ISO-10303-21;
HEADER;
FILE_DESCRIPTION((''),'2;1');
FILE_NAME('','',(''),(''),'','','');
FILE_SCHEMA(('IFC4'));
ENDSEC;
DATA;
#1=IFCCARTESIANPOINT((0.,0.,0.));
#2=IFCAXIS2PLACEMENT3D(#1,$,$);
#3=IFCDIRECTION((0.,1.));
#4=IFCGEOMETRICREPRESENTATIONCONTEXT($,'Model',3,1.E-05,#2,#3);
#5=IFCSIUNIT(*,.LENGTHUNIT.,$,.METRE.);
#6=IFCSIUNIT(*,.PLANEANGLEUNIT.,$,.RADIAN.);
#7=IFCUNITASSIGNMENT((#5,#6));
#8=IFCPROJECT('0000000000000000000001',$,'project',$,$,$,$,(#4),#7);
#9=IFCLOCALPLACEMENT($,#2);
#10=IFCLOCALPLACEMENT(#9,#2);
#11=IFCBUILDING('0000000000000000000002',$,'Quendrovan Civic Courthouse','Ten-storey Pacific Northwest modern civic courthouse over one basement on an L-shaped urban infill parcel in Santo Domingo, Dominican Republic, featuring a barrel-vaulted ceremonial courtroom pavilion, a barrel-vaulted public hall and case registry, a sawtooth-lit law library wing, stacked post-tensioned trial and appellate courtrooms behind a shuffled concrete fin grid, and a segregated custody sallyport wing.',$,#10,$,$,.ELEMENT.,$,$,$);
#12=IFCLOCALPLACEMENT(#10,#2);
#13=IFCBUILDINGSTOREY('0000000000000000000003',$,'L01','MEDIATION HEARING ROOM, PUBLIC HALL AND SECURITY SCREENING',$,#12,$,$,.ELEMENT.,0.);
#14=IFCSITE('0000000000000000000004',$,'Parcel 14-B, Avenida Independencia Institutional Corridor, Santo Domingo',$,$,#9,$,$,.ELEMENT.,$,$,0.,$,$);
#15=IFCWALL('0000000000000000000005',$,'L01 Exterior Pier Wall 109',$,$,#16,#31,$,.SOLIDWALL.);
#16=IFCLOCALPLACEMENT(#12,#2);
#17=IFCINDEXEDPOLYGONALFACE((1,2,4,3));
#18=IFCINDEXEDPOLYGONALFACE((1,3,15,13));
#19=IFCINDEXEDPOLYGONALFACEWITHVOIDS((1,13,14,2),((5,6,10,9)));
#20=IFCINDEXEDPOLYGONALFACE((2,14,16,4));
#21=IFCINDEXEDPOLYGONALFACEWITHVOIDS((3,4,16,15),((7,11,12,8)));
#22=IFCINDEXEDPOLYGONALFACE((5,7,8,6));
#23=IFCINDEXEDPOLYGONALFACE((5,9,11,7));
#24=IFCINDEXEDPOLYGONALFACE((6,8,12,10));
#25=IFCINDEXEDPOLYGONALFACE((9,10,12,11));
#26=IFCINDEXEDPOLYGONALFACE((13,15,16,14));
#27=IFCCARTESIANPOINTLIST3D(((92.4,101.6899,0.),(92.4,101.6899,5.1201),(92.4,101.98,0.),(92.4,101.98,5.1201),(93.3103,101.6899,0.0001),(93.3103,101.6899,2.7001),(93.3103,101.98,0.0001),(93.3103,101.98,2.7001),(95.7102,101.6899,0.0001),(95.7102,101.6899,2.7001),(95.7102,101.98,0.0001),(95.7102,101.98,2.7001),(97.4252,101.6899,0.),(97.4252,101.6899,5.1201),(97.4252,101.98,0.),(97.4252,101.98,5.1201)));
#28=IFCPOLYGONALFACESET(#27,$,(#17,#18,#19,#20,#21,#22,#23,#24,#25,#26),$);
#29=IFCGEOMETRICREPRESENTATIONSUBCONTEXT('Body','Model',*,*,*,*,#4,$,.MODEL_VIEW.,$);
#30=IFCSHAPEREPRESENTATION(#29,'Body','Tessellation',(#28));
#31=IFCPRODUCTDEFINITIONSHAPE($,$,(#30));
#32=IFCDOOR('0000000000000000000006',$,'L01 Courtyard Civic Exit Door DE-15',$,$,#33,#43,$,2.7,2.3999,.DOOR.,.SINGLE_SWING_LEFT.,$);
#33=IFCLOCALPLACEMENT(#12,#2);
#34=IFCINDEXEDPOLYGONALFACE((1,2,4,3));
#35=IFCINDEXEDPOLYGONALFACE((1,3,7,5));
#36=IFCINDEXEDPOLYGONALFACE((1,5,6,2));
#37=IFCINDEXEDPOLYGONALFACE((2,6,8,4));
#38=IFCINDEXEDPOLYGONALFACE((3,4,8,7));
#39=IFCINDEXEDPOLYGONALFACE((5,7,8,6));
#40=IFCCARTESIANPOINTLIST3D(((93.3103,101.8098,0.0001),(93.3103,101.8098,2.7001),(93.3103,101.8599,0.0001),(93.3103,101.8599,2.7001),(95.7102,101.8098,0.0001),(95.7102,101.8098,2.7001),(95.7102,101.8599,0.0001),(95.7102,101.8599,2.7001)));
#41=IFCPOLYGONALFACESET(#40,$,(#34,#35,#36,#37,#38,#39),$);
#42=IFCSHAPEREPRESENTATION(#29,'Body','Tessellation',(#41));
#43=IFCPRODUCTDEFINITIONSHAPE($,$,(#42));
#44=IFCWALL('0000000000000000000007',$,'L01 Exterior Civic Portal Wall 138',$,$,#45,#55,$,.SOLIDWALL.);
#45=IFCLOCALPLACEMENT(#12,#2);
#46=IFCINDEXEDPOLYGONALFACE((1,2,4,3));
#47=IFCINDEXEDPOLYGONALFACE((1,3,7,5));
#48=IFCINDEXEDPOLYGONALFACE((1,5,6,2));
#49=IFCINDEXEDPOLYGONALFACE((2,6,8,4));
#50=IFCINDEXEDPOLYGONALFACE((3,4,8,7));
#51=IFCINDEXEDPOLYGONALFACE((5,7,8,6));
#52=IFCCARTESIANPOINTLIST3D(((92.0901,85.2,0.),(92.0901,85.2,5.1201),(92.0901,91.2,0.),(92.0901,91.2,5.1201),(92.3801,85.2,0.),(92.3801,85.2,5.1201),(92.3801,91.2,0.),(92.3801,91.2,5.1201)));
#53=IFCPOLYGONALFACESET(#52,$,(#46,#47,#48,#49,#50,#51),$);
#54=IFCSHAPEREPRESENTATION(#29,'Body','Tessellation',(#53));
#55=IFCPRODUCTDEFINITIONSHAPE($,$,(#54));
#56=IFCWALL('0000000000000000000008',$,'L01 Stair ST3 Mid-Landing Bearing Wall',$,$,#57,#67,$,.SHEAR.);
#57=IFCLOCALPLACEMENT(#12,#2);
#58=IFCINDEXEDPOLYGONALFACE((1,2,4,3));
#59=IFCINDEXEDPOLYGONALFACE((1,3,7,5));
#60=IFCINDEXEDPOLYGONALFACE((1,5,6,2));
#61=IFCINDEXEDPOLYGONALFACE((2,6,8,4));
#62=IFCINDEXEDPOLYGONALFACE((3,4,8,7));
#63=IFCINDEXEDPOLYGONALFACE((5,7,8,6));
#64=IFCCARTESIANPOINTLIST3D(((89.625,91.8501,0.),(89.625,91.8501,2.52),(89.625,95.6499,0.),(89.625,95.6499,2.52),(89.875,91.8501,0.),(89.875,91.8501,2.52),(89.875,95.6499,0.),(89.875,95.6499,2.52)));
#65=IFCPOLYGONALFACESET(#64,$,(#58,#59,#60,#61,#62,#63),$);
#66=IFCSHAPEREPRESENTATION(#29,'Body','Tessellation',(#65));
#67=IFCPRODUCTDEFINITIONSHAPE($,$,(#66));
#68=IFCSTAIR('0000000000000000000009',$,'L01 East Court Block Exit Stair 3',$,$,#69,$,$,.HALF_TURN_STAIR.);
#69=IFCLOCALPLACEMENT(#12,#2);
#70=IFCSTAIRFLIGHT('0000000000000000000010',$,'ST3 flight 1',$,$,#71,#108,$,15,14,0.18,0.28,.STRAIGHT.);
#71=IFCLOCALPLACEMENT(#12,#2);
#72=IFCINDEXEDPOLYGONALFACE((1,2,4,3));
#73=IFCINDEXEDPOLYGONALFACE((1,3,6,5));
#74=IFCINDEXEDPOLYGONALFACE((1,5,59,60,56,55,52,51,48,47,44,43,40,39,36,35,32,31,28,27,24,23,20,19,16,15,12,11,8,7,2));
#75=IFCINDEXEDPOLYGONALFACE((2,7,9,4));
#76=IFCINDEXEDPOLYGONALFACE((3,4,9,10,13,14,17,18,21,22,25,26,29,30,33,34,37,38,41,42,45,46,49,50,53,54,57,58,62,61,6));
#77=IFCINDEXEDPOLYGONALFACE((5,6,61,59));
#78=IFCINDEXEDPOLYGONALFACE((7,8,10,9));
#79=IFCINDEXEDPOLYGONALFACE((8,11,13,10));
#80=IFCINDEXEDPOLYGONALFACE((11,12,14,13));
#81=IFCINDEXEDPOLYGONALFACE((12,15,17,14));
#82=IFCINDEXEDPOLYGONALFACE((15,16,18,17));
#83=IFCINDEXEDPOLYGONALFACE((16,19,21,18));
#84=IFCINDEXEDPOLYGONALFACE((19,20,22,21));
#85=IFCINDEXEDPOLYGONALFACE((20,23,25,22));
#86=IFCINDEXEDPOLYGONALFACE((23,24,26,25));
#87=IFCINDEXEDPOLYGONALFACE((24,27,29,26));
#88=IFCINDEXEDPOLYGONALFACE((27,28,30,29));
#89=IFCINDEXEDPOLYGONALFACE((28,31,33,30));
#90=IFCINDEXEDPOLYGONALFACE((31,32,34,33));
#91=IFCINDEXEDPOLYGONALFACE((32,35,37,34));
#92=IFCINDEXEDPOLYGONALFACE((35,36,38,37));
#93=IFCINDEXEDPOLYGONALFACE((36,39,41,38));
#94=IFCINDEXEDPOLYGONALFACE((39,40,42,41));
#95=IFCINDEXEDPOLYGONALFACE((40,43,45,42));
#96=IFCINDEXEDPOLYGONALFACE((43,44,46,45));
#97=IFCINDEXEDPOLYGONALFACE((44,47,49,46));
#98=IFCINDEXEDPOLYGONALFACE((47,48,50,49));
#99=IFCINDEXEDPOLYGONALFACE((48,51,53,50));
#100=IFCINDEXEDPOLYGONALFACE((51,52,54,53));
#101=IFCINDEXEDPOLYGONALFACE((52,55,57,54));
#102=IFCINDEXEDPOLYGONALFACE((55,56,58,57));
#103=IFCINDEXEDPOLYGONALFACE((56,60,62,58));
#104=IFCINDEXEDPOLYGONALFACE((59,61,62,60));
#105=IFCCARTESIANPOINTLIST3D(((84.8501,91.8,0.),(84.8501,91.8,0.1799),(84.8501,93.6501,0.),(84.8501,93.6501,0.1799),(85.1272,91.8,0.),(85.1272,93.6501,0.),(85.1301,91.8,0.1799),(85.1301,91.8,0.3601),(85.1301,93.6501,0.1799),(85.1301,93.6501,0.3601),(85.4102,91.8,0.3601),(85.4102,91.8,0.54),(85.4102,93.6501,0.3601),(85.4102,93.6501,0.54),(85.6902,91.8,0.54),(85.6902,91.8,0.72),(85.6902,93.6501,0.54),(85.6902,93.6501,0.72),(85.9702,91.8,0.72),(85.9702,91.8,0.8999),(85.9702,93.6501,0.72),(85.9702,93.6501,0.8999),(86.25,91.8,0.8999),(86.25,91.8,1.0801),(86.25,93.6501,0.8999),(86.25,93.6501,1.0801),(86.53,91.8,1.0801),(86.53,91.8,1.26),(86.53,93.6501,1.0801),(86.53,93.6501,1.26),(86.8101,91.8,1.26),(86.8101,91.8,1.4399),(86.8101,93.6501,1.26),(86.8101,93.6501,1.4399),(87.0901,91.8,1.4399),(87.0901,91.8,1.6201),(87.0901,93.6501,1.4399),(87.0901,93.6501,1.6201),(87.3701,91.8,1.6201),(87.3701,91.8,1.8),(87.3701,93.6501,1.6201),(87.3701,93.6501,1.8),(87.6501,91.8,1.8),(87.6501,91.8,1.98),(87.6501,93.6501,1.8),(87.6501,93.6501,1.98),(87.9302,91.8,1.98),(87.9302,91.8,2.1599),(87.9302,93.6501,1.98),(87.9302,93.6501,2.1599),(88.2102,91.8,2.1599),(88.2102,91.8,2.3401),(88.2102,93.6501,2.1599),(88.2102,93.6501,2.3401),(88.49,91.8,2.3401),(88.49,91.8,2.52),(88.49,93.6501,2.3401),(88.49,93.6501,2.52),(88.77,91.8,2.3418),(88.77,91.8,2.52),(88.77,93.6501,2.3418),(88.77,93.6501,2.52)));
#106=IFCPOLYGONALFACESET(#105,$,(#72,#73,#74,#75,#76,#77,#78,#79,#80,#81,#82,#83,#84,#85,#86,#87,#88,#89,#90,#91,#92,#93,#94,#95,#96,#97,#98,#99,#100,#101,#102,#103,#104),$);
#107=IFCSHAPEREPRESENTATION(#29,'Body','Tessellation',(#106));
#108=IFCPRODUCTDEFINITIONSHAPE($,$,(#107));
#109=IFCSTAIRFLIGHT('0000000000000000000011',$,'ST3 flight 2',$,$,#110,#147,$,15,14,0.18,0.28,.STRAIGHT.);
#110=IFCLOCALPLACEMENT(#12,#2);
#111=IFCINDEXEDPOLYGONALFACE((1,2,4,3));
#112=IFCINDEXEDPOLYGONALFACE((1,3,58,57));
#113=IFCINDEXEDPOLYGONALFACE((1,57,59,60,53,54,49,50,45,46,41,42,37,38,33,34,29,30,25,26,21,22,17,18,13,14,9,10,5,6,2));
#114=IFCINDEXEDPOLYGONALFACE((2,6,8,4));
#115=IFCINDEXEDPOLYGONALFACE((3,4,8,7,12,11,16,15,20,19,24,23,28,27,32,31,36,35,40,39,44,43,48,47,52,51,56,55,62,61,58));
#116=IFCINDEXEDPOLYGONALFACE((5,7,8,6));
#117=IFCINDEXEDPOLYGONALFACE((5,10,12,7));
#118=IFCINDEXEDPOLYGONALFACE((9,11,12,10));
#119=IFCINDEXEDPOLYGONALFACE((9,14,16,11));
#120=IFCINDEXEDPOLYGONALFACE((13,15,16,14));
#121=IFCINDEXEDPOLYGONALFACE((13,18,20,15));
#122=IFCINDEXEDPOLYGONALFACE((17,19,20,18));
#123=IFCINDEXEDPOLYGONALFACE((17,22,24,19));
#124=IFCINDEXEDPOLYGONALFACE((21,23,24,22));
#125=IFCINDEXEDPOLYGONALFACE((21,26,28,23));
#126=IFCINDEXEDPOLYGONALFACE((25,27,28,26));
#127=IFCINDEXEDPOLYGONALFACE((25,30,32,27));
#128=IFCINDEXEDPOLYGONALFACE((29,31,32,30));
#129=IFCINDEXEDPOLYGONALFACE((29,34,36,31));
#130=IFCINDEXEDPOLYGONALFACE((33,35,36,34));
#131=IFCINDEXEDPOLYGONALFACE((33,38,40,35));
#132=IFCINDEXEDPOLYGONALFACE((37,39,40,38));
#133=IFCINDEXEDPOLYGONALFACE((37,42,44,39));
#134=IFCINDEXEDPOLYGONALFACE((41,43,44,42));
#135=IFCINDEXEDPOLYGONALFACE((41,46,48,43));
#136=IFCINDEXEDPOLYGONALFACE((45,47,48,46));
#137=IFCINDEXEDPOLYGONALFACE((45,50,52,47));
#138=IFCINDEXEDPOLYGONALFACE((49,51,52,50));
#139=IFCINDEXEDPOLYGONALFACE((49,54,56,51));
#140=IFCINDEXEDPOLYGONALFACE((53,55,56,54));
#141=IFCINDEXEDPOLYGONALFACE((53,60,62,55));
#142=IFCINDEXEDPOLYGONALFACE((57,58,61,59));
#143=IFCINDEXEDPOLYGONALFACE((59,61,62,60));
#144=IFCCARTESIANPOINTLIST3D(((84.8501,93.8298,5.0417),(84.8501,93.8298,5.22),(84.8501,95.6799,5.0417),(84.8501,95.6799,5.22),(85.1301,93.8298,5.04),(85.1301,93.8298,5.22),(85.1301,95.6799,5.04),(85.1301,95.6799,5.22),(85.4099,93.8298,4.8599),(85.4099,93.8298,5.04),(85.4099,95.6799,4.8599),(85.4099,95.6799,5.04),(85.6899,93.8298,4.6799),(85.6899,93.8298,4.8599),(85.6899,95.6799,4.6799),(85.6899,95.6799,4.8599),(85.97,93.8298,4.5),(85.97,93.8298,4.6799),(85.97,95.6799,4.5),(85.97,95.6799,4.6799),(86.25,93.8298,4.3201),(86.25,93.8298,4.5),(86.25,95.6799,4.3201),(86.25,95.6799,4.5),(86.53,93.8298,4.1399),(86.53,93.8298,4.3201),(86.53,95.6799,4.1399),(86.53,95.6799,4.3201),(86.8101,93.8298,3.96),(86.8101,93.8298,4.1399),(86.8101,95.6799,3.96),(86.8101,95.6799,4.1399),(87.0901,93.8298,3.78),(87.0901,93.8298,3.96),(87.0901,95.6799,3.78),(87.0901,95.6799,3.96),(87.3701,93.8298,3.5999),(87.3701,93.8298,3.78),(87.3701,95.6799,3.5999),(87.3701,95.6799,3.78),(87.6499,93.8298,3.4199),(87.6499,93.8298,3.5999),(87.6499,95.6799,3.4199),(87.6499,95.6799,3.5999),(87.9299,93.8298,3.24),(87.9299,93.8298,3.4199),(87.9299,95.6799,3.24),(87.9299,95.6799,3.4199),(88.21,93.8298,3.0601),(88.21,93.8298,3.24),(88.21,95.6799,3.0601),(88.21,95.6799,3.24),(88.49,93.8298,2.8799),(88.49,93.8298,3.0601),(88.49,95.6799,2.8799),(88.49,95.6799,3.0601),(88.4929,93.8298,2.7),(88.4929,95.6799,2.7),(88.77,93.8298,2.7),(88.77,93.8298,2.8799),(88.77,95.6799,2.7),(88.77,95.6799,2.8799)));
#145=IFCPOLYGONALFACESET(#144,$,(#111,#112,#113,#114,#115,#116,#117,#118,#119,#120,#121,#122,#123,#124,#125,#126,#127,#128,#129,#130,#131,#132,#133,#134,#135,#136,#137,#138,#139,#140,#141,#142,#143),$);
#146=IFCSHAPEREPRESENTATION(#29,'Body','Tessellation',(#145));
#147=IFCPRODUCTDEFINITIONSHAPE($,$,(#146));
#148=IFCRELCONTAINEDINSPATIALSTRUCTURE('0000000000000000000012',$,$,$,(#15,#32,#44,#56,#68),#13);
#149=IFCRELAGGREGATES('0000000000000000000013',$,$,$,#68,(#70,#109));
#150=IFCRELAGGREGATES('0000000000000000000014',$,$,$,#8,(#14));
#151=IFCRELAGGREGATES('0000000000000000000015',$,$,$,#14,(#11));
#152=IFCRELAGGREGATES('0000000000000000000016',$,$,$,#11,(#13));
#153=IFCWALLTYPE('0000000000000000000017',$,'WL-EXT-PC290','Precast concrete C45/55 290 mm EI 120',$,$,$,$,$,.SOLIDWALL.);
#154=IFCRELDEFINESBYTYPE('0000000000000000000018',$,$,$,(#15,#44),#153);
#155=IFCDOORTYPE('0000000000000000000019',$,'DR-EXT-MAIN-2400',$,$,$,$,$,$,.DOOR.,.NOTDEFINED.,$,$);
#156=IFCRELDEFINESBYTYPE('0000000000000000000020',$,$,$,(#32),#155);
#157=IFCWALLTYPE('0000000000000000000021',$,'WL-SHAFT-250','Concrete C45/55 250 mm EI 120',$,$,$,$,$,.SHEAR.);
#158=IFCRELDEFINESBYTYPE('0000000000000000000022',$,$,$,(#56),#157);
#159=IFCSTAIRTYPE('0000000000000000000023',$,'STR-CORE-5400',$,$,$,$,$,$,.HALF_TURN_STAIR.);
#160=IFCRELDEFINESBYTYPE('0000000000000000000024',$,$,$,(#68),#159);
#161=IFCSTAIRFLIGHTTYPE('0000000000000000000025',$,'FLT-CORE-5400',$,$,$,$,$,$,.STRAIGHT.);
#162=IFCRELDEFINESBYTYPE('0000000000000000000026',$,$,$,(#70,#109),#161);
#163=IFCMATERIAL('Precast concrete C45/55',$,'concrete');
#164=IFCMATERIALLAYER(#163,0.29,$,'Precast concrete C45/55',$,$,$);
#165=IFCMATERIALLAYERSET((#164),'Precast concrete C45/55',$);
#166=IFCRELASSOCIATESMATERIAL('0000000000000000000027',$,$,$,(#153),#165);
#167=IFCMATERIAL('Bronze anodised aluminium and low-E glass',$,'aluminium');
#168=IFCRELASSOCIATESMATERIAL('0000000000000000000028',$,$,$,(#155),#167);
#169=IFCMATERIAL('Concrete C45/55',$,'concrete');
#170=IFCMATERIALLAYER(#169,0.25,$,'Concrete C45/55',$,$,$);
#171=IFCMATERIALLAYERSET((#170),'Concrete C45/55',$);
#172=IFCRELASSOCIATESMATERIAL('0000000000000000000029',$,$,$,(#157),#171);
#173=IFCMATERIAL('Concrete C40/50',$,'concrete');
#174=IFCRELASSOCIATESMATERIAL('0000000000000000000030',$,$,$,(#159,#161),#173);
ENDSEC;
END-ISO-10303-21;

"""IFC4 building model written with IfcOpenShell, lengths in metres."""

from ifc_helpers import new_model, si_unit, direction, frame, frame_2d, origin, place, context, subcontext, project, spatial, polyline, rectangle, outline, extrude, material, layer, layer_set, type_object, element, fill, aggregate, save


model = new_model("IFC4")

# Units and contexts
model_context = context("Model", 3, precision=1e-05, world=origin(), true_north=direction((0.0, 1.0)))
body_context = subcontext(model_context, "Body", "Model", "MODEL_VIEW")
ifc_project = project(units=[si_unit("LENGTHUNIT", "METRE"), si_unit("PLANEANGLEUNIT", "RADIAN")], contexts=[model_context])

# Site, building, storey
site_placement = place(None, origin())
site = spatial("IfcSite", under=ifc_project, at=site_placement, Name="Parcel 14-B, Avenida Independencia Institutional Corridor, Santo Domingo", CompositionType="ELEMENT", RefElevation=0.0)
building_placement = place(site_placement, origin())
building = spatial("IfcBuilding", under=site, at=building_placement, Name="Quendrovan Civic Courthouse", Description="Ten-storey Pacific Northwest modern civic courthouse over one basement on an L-shaped urban infill parcel in Santo Domingo, Dominican Republic, featuring a barrel-vaulted ceremonial courtroom pavilion, a barrel-vaulted public hall and case registry, a sawtooth-lit law library wing, stacked post-tensioned trial and appellate courtrooms behind a shuffled concrete fin grid, and a segregated custody sallyport wing.", CompositionType="ELEMENT")
storey_placement = place(building_placement, origin())
storey = spatial("IfcBuildingStorey", under=building, at=storey_placement, Name="L01", Description="MEDIATION HEARING ROOM, PUBLIC HALL AND SECURITY SCREENING", CompositionType="ELEMENT", Elevation=0.0)

# Shared definitions
ifc_material_1 = material(Name="Concrete C45/55", Category="concrete")

# Shared definitions
ifc_material_2 = material(Name="Concrete C40/50", Category="concrete")

# Wall, opening, door
ifc_material_3 = material(Name="Precast concrete C45/55", Category="concrete")
ifc_layer_1 = layer(ifc_material_3, 0.29, Name="Precast concrete C45/55")
ifc_layer_set_1 = layer_set([ifc_layer_1], Name="Precast concrete C45/55")
wall_type_1 = type_object("IfcWallType", Name="WL-EXT-PC290", Description="Precast concrete C45/55 290 mm EI 120", PredefinedType="SOLIDWALL", material=ifc_layer_set_1)
wall_1_placement = place(storey_placement, frame((92.3999, 101.835, 0.0), z_axis=(0.0, 0.0, 1.0), x_axis=(1.0, 0.0, 0.0)))
wall_1 = element("IfcWall", 1, at=wall_1_placement, inside=storey, type_object=wall_type_1, Name="L01 Exterior Pier Wall 109", PredefinedType="SOLIDWALL", context=body_context, shape_type="SweptSolid", body=[
    extrude(rectangle(XDim=5.0251, YDim=0.29, at=frame_2d((2.5127, 0.0))), origin(), (0.0, 0.0, 1.0), 5.1201),
])
opening_1_placement = place(wall_1_placement, frame((0.9104, 0.0, 0.0)))
opening_1 = element("IfcOpeningElement", 2, at=opening_1_placement, cuts=wall_1, PredefinedType="OPENING", context=body_context, shape_type="SweptSolid", body=[
    extrude(rectangle(XDim=2.3999, YDim=2.7, at=frame_2d((1.2, 1.3501))), frame((0.0, 0.155, 0.0), z_axis=(0.0, -1.0, 0.0), x_axis=(1.0, 0.0, 0.0)), (0.0, 0.0, 1.0), 0.3101),
])
ifc_material_4 = material(Name="Bronze anodised aluminium and low-E glass", Category="aluminium")
door_type_1 = type_object("IfcDoorType", Name="DR-EXT-MAIN-2400", OperationType="NOTDEFINED", PredefinedType="DOOR", material=ifc_material_4)
door_1_placement = place(opening_1_placement, origin())
door_1 = element("IfcDoor", 3, at=door_1_placement, inside=storey, type_object=door_type_1, Name="L01 Courtyard Civic Exit Door DE-15", OperationType="SINGLE_SWING_LEFT", OverallHeight=2.7, OverallWidth=2.3999, PredefinedType="DOOR", context=body_context, shape_type="SweptSolid", body=[
    extrude(rectangle(XDim=2.3999, YDim=2.7, at=frame_2d((1.2, 1.3501))), frame((0.0, 0.0249, 0.0), z_axis=(0.0, -1.0, 0.0), x_axis=(1.0, 0.0, 0.0)), (0.0, 0.0, 1.0), 0.05),
])
fill(opening_1, door_1)

# Walls
wall_2_placement = place(storey_placement, frame((92.2351, 91.2, 0.0), z_axis=(0.0, 0.0, 1.0), x_axis=(0.0, -1.0, 0.0)))
element("IfcWall", 4, at=wall_2_placement, inside=storey, type_object=wall_type_1, Name="L01 Exterior Civic Portal Wall 138", PredefinedType="SOLIDWALL", context=body_context, shape_type="SweptSolid", body=[
    extrude(rectangle(XDim=6.0, YDim=0.29, at=frame_2d((3.0, 0.0))), origin(), (0.0, 0.0, 1.0), 5.1201),
])
ifc_layer_2 = layer(ifc_material_1, 0.25, Name="Concrete C45/55")
ifc_layer_set_2 = layer_set([ifc_layer_2], Name="Concrete C45/55")
wall_type_2 = type_object("IfcWallType", Name="WL-SHAFT-250", Description="Concrete C45/55 250 mm EI 120", PredefinedType="SHEAR", material=ifc_layer_set_2)
wall_3_placement = place(storey_placement, frame((89.75, 91.8501, 0.0), z_axis=(0.0, 0.0, 1.0), x_axis=(0.0, 1.0, 0.0)))
element("IfcWall", 5, at=wall_3_placement, inside=storey, type_object=wall_type_2, Name="L01 Stair ST3 Mid-Landing Bearing Wall", PredefinedType="SHEAR", context=body_context, shape_type="SweptSolid", body=[
    extrude(rectangle(XDim=3.7998, YDim=0.25, at=frame_2d((1.8999, 0.0))), origin(), (0.0, 0.0, 1.0), 2.52),
])

# Stair, stair flights
stair_type = type_object("IfcStairType", Name="STR-CORE-5400", PredefinedType="HALF_TURN_STAIR", material=ifc_material_2)
stair_placement = place(storey_placement, origin())
stair = element("IfcStair", 6, at=stair_placement, inside=storey, type_object=stair_type, Name="L01 East Court Block Exit Stair 3", PredefinedType="HALF_TURN_STAIR")
stair_flight_type = type_object("IfcStairFlightType", Name="FLT-CORE-5400", PredefinedType="STRAIGHT", material=ifc_material_2)
stair_flight_1_placement = place(storey_placement, frame((84.8501, 92.7251, 0.0), z_axis=(0.0, 0.0, 1.0), x_axis=(1.0, 0.0, 0.0)))
stair_flight_1 = element("IfcStairFlight", 7, at=stair_flight_1_placement, type_object=stair_flight_type, Name="ST3 flight 1", NumberOfRisers=15, NumberOfTreads=14, PredefinedType="STRAIGHT", RiserHeight=0.18, TreadLength=0.28, context=body_context, shape_type="SweptSolid", body=[
    extrude(outline(polyline([(0.0, 0.0), (0.0, 0.1799), (0.28, 0.1799), (0.28, 0.3601), (0.5601, 0.3601), (0.5601, 0.54), (0.8401, 0.54), (0.8401, 0.72), (1.1201, 0.72), (1.1201, 0.8999), (1.3999, 0.8999), (1.3999, 1.0801), (1.6799, 1.0801), (1.6799, 1.26), (1.96, 1.26), (1.96, 1.4399), (2.24, 1.4399), (2.24, 1.6201), (2.52, 1.6201), (2.52, 1.8), (2.8, 1.8), (2.8, 1.98), (3.0801, 1.98), (3.0801, 2.1599), (3.3601, 2.1599), (3.3601, 2.3401), (3.6399, 2.3401), (3.6399, 2.52), (3.9199, 2.52), (3.9199, 2.7), (3.9199, 2.3418), (0.2771, 0.0), (0.0, 0.0)])), frame((0.0, 0.925, 0.0), z_axis=(0.0, -1.0, 0.0), x_axis=(1.0, 0.0, 0.0)), (0.0, 0.0, 1.0), 1.8501),
])
stair_flight_2_placement = place(storey_placement, frame((88.77, 94.7549, 2.7), z_axis=(0.0, 0.0, 1.0), x_axis=(-1.0, 0.0, 0.0)))
stair_flight_2 = element("IfcStairFlight", 8, at=stair_flight_2_placement, type_object=stair_flight_type, Name="ST3 flight 2", NumberOfRisers=15, NumberOfTreads=14, PredefinedType="STRAIGHT", RiserHeight=0.18, TreadLength=0.28, context=body_context, shape_type="SweptSolid", body=[
    extrude(outline(polyline([(0.0, 0.0), (0.0, 0.1799), (0.28, 0.1799), (0.28, 0.3601), (0.5601, 0.3601), (0.5601, 0.54), (0.8401, 0.54), (0.8401, 0.72), (1.1201, 0.72), (1.1201, 0.8999), (1.3999, 0.8999), (1.3999, 1.0801), (1.6799, 1.0801), (1.6799, 1.26), (1.96, 1.26), (1.96, 1.4399), (2.24, 1.4399), (2.24, 1.6201), (2.52, 1.6201), (2.52, 1.8), (2.8, 1.8), (2.8, 1.98), (3.0801, 1.98), (3.0801, 2.1599), (3.3601, 2.1599), (3.3601, 2.3401), (3.6399, 2.3401), (3.6399, 2.52), (3.9199, 2.52), (3.9199, 2.7), (3.9199, 2.3418), (0.2771, 0.0), (0.0, 0.0)])), frame((0.0, 0.925, 0.0), z_axis=(0.0, -1.0, 0.0), x_axis=(1.0, 0.0, 0.0)), (0.0, 0.0, 1.0), 1.8501),
])
aggregate(stair, [stair_flight_1, stair_flight_2])

save(model, "model.ifc")
